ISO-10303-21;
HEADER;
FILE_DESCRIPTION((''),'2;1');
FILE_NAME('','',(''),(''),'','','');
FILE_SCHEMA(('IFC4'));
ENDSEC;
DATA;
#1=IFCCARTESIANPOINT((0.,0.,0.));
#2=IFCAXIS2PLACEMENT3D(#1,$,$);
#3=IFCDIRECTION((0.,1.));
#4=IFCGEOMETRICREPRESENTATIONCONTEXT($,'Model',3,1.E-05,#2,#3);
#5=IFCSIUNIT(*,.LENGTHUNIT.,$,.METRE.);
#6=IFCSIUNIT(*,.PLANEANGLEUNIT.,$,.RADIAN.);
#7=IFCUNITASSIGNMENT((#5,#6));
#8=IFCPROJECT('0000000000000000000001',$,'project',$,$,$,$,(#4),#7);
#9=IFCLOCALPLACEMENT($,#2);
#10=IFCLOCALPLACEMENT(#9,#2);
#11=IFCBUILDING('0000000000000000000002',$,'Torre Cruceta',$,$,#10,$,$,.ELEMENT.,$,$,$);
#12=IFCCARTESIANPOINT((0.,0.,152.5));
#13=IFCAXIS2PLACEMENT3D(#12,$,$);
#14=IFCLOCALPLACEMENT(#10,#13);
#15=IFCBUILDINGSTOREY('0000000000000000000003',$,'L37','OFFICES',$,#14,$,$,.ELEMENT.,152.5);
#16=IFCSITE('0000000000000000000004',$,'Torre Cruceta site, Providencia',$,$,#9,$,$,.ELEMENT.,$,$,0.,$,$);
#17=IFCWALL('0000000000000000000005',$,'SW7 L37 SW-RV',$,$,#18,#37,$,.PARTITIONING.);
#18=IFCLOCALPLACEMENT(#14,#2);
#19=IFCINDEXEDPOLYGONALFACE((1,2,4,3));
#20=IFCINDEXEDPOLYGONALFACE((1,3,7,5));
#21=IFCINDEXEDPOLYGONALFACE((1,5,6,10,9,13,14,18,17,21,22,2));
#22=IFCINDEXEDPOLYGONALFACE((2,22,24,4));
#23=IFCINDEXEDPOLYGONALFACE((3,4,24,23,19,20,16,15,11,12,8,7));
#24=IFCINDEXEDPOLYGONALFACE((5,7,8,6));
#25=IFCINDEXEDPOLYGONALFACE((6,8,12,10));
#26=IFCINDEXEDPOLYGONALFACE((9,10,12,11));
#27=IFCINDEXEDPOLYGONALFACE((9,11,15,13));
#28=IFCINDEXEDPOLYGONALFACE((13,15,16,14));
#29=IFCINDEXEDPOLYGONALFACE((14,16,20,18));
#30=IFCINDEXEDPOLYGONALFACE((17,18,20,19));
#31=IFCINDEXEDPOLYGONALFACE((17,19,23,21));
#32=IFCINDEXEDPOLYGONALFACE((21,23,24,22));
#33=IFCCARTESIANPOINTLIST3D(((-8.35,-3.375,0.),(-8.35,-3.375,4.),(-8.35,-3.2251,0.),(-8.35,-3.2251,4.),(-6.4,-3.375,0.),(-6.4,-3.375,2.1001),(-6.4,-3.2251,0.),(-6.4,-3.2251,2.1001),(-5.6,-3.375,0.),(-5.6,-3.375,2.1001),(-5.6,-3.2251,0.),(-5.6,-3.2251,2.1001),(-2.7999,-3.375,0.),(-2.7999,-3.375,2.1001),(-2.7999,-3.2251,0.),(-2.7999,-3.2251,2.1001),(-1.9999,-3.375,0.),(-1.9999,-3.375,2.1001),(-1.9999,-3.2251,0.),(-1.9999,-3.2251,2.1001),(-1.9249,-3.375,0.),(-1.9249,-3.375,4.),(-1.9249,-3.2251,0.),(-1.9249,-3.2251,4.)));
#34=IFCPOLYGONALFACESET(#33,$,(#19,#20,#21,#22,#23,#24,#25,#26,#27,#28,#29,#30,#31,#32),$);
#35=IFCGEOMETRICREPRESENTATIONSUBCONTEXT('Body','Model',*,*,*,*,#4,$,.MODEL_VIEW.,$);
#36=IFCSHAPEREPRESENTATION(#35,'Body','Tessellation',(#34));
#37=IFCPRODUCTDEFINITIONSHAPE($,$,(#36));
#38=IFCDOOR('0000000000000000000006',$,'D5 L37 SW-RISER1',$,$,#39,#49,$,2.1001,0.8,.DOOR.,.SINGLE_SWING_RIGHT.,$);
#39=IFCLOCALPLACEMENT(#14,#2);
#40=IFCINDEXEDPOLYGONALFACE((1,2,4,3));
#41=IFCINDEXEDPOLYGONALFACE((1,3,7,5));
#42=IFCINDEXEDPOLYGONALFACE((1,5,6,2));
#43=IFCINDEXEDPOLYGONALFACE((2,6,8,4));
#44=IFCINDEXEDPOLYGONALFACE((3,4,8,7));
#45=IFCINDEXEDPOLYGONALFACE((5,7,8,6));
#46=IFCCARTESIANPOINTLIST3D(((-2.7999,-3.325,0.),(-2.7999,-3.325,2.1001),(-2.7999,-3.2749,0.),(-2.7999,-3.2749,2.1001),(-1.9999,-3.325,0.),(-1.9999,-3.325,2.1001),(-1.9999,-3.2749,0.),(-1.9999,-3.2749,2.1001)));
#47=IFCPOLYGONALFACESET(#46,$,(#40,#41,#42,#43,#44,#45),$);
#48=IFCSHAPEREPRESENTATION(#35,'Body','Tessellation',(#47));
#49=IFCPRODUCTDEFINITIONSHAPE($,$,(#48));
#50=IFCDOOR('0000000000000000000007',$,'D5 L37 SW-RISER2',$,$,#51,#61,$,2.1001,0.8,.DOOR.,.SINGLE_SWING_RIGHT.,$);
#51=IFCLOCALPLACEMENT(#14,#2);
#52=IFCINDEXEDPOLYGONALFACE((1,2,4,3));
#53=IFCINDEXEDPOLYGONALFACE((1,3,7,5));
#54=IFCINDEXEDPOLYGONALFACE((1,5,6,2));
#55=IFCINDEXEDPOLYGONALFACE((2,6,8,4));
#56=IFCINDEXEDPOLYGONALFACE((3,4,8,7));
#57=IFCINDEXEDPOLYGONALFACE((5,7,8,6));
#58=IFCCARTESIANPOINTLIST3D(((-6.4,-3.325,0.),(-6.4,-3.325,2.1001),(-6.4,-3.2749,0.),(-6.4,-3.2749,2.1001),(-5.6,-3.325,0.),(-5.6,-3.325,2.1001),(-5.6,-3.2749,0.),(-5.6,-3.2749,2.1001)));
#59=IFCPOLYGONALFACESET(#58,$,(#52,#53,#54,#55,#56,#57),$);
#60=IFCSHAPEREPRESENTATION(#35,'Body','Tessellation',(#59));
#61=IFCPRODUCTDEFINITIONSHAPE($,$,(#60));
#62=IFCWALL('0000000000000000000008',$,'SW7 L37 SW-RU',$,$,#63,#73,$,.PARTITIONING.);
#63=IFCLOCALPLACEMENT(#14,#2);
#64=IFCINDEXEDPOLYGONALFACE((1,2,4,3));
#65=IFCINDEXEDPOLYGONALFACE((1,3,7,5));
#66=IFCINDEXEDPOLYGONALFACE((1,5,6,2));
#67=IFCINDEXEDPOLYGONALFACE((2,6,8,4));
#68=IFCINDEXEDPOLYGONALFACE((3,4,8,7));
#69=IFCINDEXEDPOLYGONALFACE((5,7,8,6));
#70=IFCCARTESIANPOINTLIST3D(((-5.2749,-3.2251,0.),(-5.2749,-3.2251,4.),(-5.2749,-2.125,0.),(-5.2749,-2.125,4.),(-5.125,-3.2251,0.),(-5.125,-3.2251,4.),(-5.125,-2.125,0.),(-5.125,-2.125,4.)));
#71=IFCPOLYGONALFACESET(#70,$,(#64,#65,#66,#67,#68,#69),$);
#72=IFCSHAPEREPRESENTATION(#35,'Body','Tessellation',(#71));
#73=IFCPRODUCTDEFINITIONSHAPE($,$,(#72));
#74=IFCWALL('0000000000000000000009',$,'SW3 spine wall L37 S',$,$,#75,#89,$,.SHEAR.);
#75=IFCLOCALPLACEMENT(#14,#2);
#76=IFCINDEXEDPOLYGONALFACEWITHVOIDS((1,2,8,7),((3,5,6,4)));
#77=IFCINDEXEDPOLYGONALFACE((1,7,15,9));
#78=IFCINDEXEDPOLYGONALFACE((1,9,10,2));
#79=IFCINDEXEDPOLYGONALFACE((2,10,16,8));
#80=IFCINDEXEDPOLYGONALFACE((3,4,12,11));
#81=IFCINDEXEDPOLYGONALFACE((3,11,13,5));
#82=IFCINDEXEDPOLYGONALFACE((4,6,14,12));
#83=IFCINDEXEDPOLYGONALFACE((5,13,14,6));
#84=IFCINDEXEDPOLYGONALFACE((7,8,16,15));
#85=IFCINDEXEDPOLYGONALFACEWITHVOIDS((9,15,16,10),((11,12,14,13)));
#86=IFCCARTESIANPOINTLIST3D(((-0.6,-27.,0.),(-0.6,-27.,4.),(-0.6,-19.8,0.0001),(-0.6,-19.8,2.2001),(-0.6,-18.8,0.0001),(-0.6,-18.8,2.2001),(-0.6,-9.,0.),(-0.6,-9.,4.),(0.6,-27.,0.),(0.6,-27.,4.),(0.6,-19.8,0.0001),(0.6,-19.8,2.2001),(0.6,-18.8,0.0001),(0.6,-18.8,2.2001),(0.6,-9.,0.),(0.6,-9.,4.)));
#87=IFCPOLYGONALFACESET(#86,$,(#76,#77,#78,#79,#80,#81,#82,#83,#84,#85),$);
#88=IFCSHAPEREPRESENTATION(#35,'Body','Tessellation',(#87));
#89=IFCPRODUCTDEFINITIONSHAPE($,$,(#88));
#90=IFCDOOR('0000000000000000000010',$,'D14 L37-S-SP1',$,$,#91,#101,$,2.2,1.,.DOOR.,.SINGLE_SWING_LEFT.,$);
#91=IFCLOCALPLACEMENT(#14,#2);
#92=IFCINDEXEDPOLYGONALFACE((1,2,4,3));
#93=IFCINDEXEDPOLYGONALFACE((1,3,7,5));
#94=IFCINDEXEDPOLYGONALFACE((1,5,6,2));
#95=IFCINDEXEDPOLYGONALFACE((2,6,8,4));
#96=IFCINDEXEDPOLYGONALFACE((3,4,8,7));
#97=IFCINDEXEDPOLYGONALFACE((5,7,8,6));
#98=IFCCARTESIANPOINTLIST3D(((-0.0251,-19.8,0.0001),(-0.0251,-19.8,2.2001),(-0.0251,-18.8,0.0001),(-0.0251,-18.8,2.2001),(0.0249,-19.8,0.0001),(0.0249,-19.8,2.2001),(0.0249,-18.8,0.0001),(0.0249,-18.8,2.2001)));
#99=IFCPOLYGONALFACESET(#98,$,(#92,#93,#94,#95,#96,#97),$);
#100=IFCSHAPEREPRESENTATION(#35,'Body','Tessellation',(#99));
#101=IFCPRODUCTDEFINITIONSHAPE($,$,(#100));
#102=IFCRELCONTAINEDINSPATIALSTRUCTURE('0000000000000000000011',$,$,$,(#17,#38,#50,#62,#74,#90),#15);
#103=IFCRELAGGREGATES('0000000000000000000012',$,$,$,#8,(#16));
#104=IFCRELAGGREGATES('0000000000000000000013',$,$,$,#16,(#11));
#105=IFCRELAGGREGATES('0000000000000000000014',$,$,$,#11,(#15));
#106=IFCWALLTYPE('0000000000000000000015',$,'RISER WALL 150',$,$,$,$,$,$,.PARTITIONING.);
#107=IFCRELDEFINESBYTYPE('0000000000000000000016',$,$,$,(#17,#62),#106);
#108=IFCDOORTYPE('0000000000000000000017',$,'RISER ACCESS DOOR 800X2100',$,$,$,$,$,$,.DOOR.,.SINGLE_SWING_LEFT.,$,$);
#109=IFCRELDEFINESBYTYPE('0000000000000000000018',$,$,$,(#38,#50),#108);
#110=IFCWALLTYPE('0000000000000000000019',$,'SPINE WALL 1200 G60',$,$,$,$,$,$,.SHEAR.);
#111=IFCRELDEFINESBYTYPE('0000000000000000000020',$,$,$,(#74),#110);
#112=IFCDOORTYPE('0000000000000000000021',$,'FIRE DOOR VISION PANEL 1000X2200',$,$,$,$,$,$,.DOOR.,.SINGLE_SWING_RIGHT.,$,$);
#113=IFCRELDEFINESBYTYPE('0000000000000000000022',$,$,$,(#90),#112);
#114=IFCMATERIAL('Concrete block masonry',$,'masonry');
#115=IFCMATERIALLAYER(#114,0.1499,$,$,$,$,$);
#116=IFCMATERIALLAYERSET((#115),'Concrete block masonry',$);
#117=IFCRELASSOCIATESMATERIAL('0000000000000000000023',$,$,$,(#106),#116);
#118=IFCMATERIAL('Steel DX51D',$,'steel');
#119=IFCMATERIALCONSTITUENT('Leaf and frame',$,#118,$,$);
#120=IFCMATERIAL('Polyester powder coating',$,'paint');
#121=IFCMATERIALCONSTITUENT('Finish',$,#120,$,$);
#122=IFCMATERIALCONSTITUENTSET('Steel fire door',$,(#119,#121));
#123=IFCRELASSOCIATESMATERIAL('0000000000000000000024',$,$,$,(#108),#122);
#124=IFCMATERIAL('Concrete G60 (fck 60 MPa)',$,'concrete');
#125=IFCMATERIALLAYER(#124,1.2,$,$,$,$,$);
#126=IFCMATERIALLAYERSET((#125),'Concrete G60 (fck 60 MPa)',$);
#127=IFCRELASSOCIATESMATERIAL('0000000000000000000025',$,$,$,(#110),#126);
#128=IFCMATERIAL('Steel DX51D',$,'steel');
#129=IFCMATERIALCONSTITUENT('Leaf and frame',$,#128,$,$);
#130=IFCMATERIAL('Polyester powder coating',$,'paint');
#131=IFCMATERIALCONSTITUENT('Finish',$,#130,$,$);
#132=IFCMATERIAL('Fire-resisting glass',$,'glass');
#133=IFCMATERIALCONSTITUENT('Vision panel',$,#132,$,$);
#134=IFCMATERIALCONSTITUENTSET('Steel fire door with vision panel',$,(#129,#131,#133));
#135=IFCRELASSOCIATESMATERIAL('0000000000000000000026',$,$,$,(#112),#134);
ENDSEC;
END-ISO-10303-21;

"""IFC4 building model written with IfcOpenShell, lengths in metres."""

from ifc_helpers import new_model, si_unit, direction, frame, frame_2d, origin, place, context, subcontext, project, spatial, rectangle, extrude, material, layer, layer_set, constituent, constituent_set, type_object, element, fill, save


model = new_model("IFC4")

# Units and contexts
model_context = context("Model", 3, precision=1e-05, world=origin(), true_north=direction((0.0, 1.0)))
body_context = subcontext(model_context, "Body", "Model", "MODEL_VIEW")
ifc_project = project(units=[si_unit("LENGTHUNIT", "METRE"), si_unit("PLANEANGLEUNIT", "RADIAN")], contexts=[model_context])

# Site, building, storey
site_placement = place(None, origin())
site = spatial("IfcSite", under=ifc_project, at=site_placement, Name="Torre Cruceta site, Providencia", CompositionType="ELEMENT", RefElevation=0.0)
building_placement = place(site_placement, origin())
building = spatial("IfcBuilding", under=site, at=building_placement, Name="Torre Cruceta", CompositionType="ELEMENT")
storey_placement = place(building_placement, frame((0.0, 0.0, 152.5)))
storey = spatial("IfcBuildingStorey", under=building, at=storey_placement, Name="L37", Description="OFFICES", CompositionType="ELEMENT", Elevation=152.5)

# Wall, openings, doors
ifc_material_1 = material(Name="Concrete block masonry", Category="masonry")
ifc_layer_1 = layer(ifc_material_1, 0.1499)
ifc_layer_set_1 = layer_set([ifc_layer_1], Name="Concrete block masonry")
wall_type_1 = type_object("IfcWallType", Name="RISER WALL 150", PredefinedType="PARTITIONING", material=ifc_layer_set_1)
wall_1_placement = place(storey_placement, frame((-1.925, -3.3, 0.0), z_axis=(0.0, 0.0, 1.0), x_axis=(-1.0, 0.0, 0.0)))
wall_1 = element("IfcWall", 1, at=wall_1_placement, inside=storey, type_object=wall_type_1, Name="SW7 L37 SW-RV", PredefinedType="PARTITIONING", context=body_context, shape_type="SweptSolid", body=[
    extrude(rectangle(XDim=6.425, YDim=0.1499, at=frame_2d((3.2124, 0.0))), origin(), (0.0, 0.0, 1.0), 4.0),
])
opening_1_placement = place(wall_1_placement, frame((0.075, 0.0, 0.0)))
opening_1 = element("IfcOpeningElement", 2, at=opening_1_placement, cuts=wall_1, PredefinedType="OPENING", context=body_context, shape_type="SweptSolid", body=[
    extrude(rectangle(XDim=0.8, YDim=2.1001, at=frame_2d((0.3999, 1.05))), frame((0.0, 0.085, 0.0), z_axis=(0.0, -1.0, 0.0), x_axis=(1.0, 0.0, 0.0)), (0.0, 0.0, 1.0), 0.1699),
])
opening_2_placement = place(wall_1_placement, frame((3.675, 0.0, 0.0)))
opening_2 = element("IfcOpeningElement", 3, at=opening_2_placement, cuts=wall_1, PredefinedType="OPENING", context=body_context, shape_type="SweptSolid", body=[
    extrude(rectangle(XDim=0.8, YDim=2.1001, at=frame_2d((0.3999, 1.05))), frame((0.0, 0.085, 0.0), z_axis=(0.0, -1.0, 0.0), x_axis=(1.0, 0.0, 0.0)), (0.0, 0.0, 1.0), 0.1699),
])
ifc_material_2 = material(Name="Steel DX51D", Category="steel")
ifc_constituent_1 = constituent(ifc_material_2, Name="Leaf and frame")
ifc_material_3 = material(Name="Polyester powder coating", Category="paint")
ifc_constituent_2 = constituent(ifc_material_3, Name="Finish")
ifc_constituent_set_1 = constituent_set(constituents=[ifc_constituent_1, ifc_constituent_2], Name="Steel fire door")
door_type_1 = type_object("IfcDoorType", Name="RISER ACCESS DOOR 800X2100", OperationType="SINGLE_SWING_LEFT", PredefinedType="DOOR", material=ifc_constituent_set_1)
door_1_placement = place(opening_1_placement, frame((0.8, 0.0, 0.0), z_axis=(0.0, 0.0, 1.0), x_axis=(-1.0, 0.0, 0.0)))
door_1 = element("IfcDoor", 4, at=door_1_placement, inside=storey, type_object=door_type_1, Name="D5 L37 SW-RISER1", OperationType="SINGLE_SWING_RIGHT", OverallHeight=2.1001, OverallWidth=0.8, PredefinedType="DOOR", context=body_context, shape_type="SweptSolid", body=[
    extrude(rectangle(XDim=0.8, YDim=2.1001, at=frame_2d((0.4001, 1.05))), frame((0.0, 0.0251, 0.0), z_axis=(0.0, -1.0, 0.0), x_axis=(1.0, 0.0, 0.0)), (0.0, 0.0, 1.0), 0.05),
])
fill(opening_1, door_1)
door_2_placement = place(opening_2_placement, frame((0.8, 0.0, 0.0), z_axis=(0.0, 0.0, 1.0), x_axis=(-1.0, 0.0, 0.0)))
door_2 = element("IfcDoor", 5, at=door_2_placement, inside=storey, type_object=door_type_1, Name="D5 L37 SW-RISER2", OperationType="SINGLE_SWING_RIGHT", OverallHeight=2.1001, OverallWidth=0.8, PredefinedType="DOOR", context=body_context, shape_type="SweptSolid", body=[
    extrude(rectangle(XDim=0.8, YDim=2.1001, at=frame_2d((0.4001, 1.05))), frame((0.0, 0.0251, 0.0), z_axis=(0.0, -1.0, 0.0), x_axis=(1.0, 0.0, 0.0)), (0.0, 0.0, 1.0), 0.05),
])
fill(opening_2, door_2)

# Wall
wall_2_placement = place(storey_placement, frame((-5.2, -2.125, 0.0), z_axis=(0.0, 0.0, 1.0), x_axis=(0.0, -1.0, 0.0)))
element("IfcWall", 6, at=wall_2_placement, inside=storey, type_object=wall_type_1, Name="SW7 L37 SW-RU", PredefinedType="PARTITIONING", context=body_context, shape_type="SweptSolid", body=[
    extrude(rectangle(XDim=1.1001, YDim=0.1499, at=frame_2d((0.55, 0.0))), origin(), (0.0, 0.0, 1.0), 4.0),
])

# Wall, opening, door
ifc_material_4 = material(Name="Concrete G60 (fck 60 MPa)", Category="concrete")
ifc_layer_2 = layer(ifc_material_4, 1.2)
ifc_layer_set_2 = layer_set([ifc_layer_2], Name="Concrete G60 (fck 60 MPa)")
wall_type_2 = type_object("IfcWallType", Name="SPINE WALL 1200 G60", PredefinedType="SHEAR", material=ifc_layer_set_2)
wall_3_placement = place(storey_placement, frame((0.0, -9.0, 0.0), z_axis=(0.0, 0.0, 1.0), x_axis=(0.0, -1.0, 0.0)))
wall_3 = element("IfcWall", 7, at=wall_3_placement, inside=storey, type_object=wall_type_2, Name="SW3 spine wall L37 S", PredefinedType="SHEAR", context=body_context, shape_type="SweptSolid", body=[
    extrude(rectangle(XDim=18.0, YDim=1.2, at=frame_2d((9.0, 0.0))), origin(), (0.0, 0.0, 1.0), 4.0),
])
opening_3_placement = place(wall_3_placement, frame((9.8, 0.0, 0.0)))
opening_3 = element("IfcOpeningElement", 8, at=opening_3_placement, cuts=wall_3, PredefinedType="OPENING", context=body_context, shape_type="SweptSolid", body=[
    extrude(rectangle(XDim=1.0, YDim=2.2, at=frame_2d((0.5, 1.1001))), frame((0.0, 0.6099, 0.0), z_axis=(0.0, -1.0, 0.0), x_axis=(1.0, 0.0, 0.0)), (0.0, 0.0, 1.0), 1.22),
])
ifc_material_5 = material(Name="Steel DX51D", Category="steel")
ifc_constituent_3 = constituent(ifc_material_5, Name="Leaf and frame")
ifc_material_6 = material(Name="Polyester powder coating", Category="paint")
ifc_constituent_4 = constituent(ifc_material_6, Name="Finish")
ifc_material_7 = material(Name="Fire-resisting glass", Category="glass")
ifc_constituent_5 = constituent(ifc_material_7, Name="Vision panel")
ifc_constituent_set_2 = constituent_set(constituents=[ifc_constituent_3, ifc_constituent_4, ifc_constituent_5], Name="Steel fire door with vision panel")
door_type_2 = type_object("IfcDoorType", Name="FIRE DOOR VISION PANEL 1000X2200", OperationType="SINGLE_SWING_RIGHT", PredefinedType="DOOR", material=ifc_constituent_set_2)
door_3_placement = place(opening_3_placement, frame((1.0, 0.0, 0.0), z_axis=(0.0, 0.0, 1.0), x_axis=(-1.0, 0.0, 0.0)))
door_3 = element("IfcDoor", 9, at=door_3_placement, inside=storey, type_object=door_type_2, Name="D14 L37-S-SP1", OperationType="SINGLE_SWING_LEFT", OverallHeight=2.2, OverallWidth=1.0, PredefinedType="DOOR", context=body_context, shape_type="SweptSolid", body=[
    extrude(rectangle(XDim=1.0, YDim=2.2, at=frame_2d((0.5, 1.1001))), frame((0.0, 0.0251, 0.0), z_axis=(0.0, -1.0, 0.0), x_axis=(1.0, 0.0, 0.0)), (0.0, 0.0, 1.0), 0.05),
])
fill(opening_3, door_3)

save(model, "model.ifc")
